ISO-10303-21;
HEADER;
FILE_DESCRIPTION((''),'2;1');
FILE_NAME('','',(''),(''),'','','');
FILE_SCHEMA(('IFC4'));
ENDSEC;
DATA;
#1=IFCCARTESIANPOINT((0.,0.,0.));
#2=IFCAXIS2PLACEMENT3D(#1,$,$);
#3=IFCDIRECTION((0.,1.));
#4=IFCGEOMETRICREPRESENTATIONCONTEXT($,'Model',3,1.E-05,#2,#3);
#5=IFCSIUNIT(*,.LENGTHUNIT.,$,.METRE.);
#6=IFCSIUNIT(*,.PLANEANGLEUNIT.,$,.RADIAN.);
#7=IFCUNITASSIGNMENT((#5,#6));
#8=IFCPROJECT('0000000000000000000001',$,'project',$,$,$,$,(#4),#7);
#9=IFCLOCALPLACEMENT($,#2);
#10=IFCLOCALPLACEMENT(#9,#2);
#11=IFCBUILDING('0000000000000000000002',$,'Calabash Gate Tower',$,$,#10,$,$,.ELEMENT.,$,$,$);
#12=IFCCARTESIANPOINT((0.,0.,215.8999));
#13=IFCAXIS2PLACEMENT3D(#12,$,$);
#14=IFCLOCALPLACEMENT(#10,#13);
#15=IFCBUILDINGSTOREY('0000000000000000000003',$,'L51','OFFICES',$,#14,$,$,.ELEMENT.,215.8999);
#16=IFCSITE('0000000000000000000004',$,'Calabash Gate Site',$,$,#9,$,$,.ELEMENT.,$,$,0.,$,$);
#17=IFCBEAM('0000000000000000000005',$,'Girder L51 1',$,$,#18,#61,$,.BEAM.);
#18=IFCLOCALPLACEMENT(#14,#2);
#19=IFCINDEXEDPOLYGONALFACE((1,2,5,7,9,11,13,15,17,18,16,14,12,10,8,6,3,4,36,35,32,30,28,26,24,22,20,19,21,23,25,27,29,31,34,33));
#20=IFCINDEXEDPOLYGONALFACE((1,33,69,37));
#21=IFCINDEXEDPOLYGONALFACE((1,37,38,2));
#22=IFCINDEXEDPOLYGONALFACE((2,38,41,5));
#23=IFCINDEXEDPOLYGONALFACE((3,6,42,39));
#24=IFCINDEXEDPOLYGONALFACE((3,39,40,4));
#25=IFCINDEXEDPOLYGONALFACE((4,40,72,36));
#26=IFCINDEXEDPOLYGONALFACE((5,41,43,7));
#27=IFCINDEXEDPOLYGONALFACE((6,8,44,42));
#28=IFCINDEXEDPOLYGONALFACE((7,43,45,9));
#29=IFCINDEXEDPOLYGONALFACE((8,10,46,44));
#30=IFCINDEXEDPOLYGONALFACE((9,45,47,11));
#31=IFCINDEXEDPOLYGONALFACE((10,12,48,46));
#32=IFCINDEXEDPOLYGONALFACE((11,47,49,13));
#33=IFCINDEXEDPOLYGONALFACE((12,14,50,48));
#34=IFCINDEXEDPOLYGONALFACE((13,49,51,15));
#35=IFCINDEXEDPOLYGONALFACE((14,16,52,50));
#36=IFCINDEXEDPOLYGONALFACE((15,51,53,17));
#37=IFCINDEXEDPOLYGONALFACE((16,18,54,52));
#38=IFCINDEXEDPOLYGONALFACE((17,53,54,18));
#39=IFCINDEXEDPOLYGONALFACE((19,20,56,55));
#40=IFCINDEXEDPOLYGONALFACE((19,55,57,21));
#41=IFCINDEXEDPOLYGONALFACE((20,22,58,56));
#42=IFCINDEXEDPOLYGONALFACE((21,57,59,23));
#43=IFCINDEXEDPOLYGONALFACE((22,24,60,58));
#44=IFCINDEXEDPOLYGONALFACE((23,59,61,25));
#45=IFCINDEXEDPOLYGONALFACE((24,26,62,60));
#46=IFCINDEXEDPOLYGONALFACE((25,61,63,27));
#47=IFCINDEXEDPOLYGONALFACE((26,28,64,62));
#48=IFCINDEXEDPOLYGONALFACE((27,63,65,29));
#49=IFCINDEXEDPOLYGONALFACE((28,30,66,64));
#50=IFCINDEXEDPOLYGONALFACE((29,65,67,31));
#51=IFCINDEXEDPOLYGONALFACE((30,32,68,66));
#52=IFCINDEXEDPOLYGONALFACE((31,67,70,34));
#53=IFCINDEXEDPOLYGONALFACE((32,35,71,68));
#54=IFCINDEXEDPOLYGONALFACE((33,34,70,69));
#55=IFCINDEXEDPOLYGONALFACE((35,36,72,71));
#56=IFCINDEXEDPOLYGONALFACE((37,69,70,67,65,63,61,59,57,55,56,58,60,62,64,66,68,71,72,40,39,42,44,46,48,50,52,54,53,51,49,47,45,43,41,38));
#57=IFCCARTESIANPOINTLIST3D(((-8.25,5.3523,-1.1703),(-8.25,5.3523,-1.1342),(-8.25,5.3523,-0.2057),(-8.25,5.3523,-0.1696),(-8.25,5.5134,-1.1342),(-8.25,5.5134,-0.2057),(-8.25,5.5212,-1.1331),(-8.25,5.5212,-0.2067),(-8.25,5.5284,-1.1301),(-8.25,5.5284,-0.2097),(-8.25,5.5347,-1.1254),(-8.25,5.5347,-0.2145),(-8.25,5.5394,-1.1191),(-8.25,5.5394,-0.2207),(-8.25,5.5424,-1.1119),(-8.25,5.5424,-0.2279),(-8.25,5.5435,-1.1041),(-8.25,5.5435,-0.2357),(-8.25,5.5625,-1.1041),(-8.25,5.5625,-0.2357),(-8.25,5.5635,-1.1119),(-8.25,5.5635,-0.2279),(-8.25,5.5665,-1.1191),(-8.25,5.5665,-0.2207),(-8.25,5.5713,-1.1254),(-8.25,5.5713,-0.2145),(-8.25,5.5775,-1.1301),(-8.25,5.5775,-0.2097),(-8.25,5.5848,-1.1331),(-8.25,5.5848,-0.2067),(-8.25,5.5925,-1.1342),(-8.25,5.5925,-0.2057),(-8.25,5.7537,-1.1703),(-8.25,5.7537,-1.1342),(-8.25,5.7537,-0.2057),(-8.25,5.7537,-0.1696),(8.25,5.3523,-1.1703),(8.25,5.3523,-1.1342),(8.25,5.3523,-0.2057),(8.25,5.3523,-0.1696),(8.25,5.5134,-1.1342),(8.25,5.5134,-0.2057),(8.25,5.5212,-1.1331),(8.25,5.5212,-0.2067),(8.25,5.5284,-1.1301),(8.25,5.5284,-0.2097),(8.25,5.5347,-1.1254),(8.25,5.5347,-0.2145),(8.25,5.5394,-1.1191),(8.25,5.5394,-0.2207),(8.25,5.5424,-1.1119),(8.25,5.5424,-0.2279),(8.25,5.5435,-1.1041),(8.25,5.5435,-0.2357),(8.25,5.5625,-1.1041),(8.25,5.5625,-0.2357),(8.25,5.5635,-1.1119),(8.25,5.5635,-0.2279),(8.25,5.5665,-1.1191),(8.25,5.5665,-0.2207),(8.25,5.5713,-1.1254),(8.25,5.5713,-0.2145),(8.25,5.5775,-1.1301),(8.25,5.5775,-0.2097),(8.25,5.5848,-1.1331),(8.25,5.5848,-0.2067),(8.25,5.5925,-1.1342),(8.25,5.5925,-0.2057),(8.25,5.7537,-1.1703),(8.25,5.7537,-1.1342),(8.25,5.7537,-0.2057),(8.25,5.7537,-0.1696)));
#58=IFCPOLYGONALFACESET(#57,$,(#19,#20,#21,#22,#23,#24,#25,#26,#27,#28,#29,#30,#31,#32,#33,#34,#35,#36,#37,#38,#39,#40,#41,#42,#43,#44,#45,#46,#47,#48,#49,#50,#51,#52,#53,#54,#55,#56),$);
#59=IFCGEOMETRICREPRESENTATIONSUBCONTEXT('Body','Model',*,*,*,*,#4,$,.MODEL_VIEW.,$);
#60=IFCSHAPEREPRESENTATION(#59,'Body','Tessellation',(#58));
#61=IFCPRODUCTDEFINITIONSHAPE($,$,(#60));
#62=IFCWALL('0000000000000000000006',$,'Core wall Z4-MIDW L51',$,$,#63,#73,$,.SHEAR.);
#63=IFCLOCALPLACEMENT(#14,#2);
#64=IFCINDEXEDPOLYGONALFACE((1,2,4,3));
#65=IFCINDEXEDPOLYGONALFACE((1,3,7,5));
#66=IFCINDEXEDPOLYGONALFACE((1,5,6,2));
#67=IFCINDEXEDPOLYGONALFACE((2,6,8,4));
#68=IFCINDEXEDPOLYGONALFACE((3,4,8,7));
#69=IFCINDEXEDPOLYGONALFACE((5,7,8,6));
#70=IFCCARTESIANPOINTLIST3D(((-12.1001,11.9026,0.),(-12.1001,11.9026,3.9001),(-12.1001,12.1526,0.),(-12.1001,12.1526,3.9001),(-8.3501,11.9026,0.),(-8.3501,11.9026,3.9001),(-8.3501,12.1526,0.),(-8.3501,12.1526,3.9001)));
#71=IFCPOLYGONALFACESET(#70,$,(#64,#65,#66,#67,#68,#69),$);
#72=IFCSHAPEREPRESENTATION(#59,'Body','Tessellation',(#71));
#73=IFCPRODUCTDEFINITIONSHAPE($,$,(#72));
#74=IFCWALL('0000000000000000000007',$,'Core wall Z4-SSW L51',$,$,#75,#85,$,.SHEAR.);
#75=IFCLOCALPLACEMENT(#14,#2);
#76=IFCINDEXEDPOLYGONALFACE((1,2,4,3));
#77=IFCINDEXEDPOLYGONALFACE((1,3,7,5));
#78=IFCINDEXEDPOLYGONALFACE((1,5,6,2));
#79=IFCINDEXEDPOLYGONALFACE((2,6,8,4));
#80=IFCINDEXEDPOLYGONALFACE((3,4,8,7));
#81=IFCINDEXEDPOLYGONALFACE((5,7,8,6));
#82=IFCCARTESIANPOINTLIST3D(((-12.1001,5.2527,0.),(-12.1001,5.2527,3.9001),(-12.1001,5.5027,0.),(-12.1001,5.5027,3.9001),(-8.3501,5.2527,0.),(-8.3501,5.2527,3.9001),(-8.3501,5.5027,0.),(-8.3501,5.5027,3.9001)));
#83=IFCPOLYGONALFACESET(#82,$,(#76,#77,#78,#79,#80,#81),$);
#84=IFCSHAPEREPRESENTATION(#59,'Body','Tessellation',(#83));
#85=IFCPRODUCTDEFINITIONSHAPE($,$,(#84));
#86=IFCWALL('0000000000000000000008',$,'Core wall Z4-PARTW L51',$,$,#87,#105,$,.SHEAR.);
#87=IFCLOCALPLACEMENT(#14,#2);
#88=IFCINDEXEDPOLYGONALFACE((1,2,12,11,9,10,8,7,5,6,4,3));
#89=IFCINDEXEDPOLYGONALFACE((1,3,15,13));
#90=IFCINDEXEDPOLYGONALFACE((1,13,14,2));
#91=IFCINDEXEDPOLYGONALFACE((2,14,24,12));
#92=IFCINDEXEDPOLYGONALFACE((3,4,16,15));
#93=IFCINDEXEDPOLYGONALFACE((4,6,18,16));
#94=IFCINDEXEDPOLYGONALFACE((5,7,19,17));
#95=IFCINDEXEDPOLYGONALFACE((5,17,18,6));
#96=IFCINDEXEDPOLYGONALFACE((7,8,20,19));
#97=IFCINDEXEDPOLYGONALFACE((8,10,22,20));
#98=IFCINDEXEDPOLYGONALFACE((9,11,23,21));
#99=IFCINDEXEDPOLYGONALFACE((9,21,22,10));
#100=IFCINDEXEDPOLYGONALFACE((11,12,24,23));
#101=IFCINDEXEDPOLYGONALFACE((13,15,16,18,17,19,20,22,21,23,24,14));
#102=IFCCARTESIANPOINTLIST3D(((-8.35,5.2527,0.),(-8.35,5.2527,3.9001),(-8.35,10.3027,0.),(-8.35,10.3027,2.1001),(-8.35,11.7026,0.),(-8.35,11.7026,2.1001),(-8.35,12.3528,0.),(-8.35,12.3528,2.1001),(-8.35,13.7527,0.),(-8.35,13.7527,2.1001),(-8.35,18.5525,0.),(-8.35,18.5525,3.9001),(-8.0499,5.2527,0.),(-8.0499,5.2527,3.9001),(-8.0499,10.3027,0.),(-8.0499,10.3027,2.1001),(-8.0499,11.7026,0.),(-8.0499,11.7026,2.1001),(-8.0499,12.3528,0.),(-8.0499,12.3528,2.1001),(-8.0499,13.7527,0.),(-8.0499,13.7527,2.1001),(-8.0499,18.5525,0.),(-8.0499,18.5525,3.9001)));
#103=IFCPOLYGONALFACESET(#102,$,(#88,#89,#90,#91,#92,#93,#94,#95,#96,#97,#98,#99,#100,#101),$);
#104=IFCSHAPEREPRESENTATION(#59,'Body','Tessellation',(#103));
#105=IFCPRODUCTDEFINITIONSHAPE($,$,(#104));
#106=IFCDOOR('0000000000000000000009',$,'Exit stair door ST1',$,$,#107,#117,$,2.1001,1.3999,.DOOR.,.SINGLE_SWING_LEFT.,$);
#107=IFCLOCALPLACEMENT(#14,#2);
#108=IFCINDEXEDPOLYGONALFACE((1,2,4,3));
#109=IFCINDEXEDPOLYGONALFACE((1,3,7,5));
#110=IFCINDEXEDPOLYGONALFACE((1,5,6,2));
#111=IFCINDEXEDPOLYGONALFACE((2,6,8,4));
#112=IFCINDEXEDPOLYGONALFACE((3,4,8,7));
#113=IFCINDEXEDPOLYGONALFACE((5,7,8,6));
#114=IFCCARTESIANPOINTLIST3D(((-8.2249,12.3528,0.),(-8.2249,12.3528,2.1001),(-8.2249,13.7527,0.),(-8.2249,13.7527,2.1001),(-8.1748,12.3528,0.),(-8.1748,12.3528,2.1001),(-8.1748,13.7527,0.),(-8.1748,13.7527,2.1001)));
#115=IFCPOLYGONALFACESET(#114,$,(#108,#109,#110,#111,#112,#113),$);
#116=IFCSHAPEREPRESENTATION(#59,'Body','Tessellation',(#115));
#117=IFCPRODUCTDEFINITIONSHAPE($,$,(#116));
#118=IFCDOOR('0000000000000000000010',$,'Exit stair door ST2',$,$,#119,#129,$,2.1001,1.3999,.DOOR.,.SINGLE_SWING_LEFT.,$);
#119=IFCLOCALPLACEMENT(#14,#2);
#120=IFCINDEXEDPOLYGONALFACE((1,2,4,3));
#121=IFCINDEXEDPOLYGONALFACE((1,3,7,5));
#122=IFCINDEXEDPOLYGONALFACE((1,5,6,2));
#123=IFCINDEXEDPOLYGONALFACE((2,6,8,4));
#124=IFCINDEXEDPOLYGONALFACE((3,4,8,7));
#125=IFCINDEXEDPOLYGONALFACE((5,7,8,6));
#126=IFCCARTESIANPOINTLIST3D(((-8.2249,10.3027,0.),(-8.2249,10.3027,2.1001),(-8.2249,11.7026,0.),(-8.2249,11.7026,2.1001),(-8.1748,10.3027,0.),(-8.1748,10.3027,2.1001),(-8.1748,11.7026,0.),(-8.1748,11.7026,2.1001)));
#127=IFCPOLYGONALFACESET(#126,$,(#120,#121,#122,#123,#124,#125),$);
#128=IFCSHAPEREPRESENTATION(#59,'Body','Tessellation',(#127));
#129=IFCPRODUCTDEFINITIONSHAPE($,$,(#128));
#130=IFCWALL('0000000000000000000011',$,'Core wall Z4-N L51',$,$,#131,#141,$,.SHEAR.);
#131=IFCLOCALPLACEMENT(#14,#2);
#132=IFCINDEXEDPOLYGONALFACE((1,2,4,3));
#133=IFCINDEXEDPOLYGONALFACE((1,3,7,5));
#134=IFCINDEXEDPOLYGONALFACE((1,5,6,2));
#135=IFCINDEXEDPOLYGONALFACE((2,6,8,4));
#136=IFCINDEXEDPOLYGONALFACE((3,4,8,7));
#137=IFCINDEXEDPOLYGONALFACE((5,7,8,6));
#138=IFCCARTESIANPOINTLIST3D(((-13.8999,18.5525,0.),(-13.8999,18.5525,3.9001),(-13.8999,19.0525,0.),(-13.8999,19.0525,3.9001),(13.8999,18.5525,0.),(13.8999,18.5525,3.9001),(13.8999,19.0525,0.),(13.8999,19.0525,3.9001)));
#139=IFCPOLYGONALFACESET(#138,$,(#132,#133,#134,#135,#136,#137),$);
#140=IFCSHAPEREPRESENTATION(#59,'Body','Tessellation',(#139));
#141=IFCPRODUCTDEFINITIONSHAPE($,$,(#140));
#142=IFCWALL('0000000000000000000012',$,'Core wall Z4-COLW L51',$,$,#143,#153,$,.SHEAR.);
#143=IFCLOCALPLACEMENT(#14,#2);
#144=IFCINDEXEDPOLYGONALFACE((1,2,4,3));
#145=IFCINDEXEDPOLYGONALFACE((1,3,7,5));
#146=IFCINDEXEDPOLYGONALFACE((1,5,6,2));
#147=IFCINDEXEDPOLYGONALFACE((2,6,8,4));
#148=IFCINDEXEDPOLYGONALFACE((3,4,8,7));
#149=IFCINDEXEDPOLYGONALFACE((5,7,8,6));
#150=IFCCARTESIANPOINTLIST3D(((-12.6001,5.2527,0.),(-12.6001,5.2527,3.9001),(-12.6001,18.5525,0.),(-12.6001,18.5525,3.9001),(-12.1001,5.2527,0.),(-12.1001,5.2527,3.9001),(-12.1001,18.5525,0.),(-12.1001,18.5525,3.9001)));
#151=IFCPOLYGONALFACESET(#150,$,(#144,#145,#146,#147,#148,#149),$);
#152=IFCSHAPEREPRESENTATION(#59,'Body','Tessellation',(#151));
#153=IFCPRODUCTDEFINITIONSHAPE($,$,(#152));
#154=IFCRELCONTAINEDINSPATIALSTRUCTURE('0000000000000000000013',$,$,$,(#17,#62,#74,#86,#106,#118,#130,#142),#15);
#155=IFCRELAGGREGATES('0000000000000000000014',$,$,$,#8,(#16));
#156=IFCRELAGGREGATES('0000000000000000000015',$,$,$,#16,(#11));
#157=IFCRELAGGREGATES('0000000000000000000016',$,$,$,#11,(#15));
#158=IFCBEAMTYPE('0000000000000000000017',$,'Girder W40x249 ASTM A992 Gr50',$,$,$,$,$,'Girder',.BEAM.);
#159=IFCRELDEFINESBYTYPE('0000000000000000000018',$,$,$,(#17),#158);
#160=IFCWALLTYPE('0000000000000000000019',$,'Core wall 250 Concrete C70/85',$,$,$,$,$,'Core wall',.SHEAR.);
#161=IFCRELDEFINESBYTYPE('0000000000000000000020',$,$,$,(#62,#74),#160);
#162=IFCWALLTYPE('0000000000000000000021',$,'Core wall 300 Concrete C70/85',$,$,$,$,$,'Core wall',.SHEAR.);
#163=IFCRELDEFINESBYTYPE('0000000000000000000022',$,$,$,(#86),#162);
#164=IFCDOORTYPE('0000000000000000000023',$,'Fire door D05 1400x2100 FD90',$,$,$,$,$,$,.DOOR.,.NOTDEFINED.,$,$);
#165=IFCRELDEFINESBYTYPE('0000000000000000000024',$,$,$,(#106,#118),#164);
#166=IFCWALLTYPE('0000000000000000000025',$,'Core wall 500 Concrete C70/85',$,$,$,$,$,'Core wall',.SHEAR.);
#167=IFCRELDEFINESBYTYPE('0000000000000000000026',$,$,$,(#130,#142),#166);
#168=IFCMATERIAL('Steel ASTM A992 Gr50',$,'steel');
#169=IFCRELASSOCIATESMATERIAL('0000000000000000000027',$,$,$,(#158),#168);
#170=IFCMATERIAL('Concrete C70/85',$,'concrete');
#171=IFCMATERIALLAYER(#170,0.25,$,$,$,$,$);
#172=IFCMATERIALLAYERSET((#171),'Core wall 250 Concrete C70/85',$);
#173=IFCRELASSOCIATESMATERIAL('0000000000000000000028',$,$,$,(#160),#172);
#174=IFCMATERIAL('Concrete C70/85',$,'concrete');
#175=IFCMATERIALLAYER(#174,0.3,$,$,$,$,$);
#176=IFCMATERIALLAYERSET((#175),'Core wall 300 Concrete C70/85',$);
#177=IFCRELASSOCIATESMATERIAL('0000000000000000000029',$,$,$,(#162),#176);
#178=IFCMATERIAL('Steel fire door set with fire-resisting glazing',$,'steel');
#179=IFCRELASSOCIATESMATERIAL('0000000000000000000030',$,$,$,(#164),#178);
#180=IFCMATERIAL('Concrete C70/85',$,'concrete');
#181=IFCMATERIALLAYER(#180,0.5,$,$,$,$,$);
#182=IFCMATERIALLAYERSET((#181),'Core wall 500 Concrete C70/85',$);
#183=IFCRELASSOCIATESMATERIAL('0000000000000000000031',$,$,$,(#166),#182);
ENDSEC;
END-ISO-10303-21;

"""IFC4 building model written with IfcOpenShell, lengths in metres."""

from ifc_helpers import new_model, si_unit, direction, frame, frame_2d, origin, origin_2d, place, context, subcontext, project, spatial, rectangle, i_section, extrude, material, layer, layer_set, material_profile, profile_set, type_object, element, fill, save


model = new_model("IFC4")

# Units and contexts
model_context = context("Model", 3, precision=1e-05, world=origin(), true_north=direction((0.0, 1.0)))
body_context = subcontext(model_context, "Body", "Model", "MODEL_VIEW")
ifc_project = project(units=[si_unit("LENGTHUNIT", "METRE"), si_unit("PLANEANGLEUNIT", "RADIAN")], contexts=[model_context])

# Site, building, storey
site_placement = place(None, origin())
site = spatial("IfcSite", under=ifc_project, at=site_placement, Name="Calabash Gate Site", CompositionType="ELEMENT", RefElevation=0.0)
building_placement = place(site_placement, origin())
building = spatial("IfcBuilding", under=site, at=building_placement, Name="Calabash Gate Tower", CompositionType="ELEMENT")
storey_placement = place(building_placement, frame((0.0, 0.0, 215.8999)))
storey = spatial("IfcBuildingStorey", under=building, at=storey_placement, Name="L51", Description="OFFICES", CompositionType="ELEMENT", Elevation=215.8999)

# Beam
ifc_material_1 = material(Name="Steel ASTM A992 Gr50", Category="steel")
ifc_material_profile = material_profile(ifc_material_1, i_section(OverallWidth=0.4014, OverallDepth=1.0007, WebThickness=0.019, FlangeThickness=0.0361, FilletRadius=0.03, at=origin_2d()))
ifc_profile_set = profile_set([ifc_material_profile], Name="Steel ASTM A992 Gr50")
beam_type = type_object("IfcBeamType", Name="Girder W40x249 ASTM A992 Gr50", ElementType="Girder", PredefinedType="BEAM", material=ifc_profile_set)
beam_placement = place(storey_placement, frame((-8.25, 5.553, -0.6699), z_axis=(1.0, 0.0, 0.0), x_axis=(0.0, 1.0, 0.0)))
element("IfcBeam", 1, at=beam_placement, inside=storey, type_object=beam_type, Name="Girder L51 1", PredefinedType="BEAM", context=body_context, shape_type="SweptSolid", body=[
    extrude(i_section(OverallWidth=0.4014, OverallDepth=1.0007, WebThickness=0.019, FlangeThickness=0.0361, FilletRadius=0.03, at=origin_2d()), origin(), (0.0, 0.0, 1.0), 16.5),
])

# Walls
ifc_material_2 = material(Name="Concrete C70/85", Category="concrete")
ifc_layer_1 = layer(ifc_material_2, 0.25)
ifc_layer_set_1 = layer_set([ifc_layer_1], Name="Core wall 250 Concrete C70/85")
wall_type_1 = type_object("IfcWallType", Name="Core wall 250 Concrete C70/85", ElementType="Core wall", PredefinedType="SHEAR", material=ifc_layer_set_1)
for number, where, z_axis, x_axis, name in (
    (2, (-12.1001, 12.0276, 0.0), (0.0, 0.0, 1.0), (1.0, 0.0, 0.0), "Core wall Z4-MIDW L51"),
    (3, (-12.1001, 5.3777, 0.0), (0.0, 0.0, 1.0), (1.0, 0.0, 0.0), "Core wall Z4-SSW L51"),
):
    element("IfcWall", number, at=place(storey_placement, frame(where, z_axis=z_axis, x_axis=x_axis)), inside=storey, type_object=wall_type_1, Name=name, PredefinedType="SHEAR", context=body_context, shape_type="SweptSolid", body=[
        extrude(rectangle(XDim=3.75, YDim=0.25, at=frame_2d((1.875, 0.0))), origin(), (0.0, 0.0, 1.0), 3.9001),
    ])

# Wall, openings, doors
ifc_material_3 = material(Name="Concrete C70/85", Category="concrete")
ifc_layer_2 = layer(ifc_material_3, 0.3)
ifc_layer_set_2 = layer_set([ifc_layer_2], Name="Core wall 300 Concrete C70/85")
wall_type_2 = type_object("IfcWallType", Name="Core wall 300 Concrete C70/85", ElementType="Core wall", PredefinedType="SHEAR", material=ifc_layer_set_2)
wall_1_placement = place(storey_placement, frame((-8.2, 5.2527, 0.0), z_axis=(0.0, 0.0, 1.0), x_axis=(0.0, 1.0, 0.0)))
wall_1 = element("IfcWall", 4, at=wall_1_placement, inside=storey, type_object=wall_type_2, Name="Core wall Z4-PARTW L51", PredefinedType="SHEAR", context=body_context, shape_type="SweptSolid", body=[
    extrude(rectangle(XDim=13.2998, YDim=0.3, at=frame_2d((6.6499, 0.0))), origin(), (0.0, 0.0, 1.0), 3.9001),
])
opening_1_placement = place(wall_1_placement, frame((7.1001, 0.0, 0.0)))
opening_1 = element("IfcOpeningElement", 5, at=opening_1_placement, cuts=wall_1, PredefinedType="OPENING", context=body_context, shape_type="SweptSolid", body=[
    extrude(rectangle(XDim=1.3999, YDim=2.1001, at=frame_2d((0.7, 1.05))), frame((0.0, 0.1599, 0.0), z_axis=(0.0, -1.0, 0.0), x_axis=(1.0, 0.0, 0.0)), (0.0, 0.0, 1.0), 0.3201),
])
opening_2_placement = place(wall_1_placement, frame((5.05, 0.0, 0.0)))
opening_2 = element("IfcOpeningElement", 6, at=opening_2_placement, cuts=wall_1, PredefinedType="OPENING", context=body_context, shape_type="SweptSolid", body=[
    extrude(rectangle(XDim=1.3999, YDim=2.1001, at=frame_2d((0.7, 1.05))), frame((0.0, 0.1599, 0.0), z_axis=(0.0, -1.0, 0.0), x_axis=(1.0, 0.0, 0.0)), (0.0, 0.0, 1.0), 0.3201),
])
ifc_material_4 = material(Name="Steel fire door set with fire-resisting glazing", Category="steel")
door_type_1 = type_object("IfcDoorType", Name="Fire door D05 1400x2100 FD90", OperationType="NOTDEFINED", PredefinedType="DOOR", material=ifc_material_4)
door_1_placement = place(opening_1_placement, origin())
door_1 = element("IfcDoor", 7, at=door_1_placement, inside=storey, type_object=door_type_1, Name="Exit stair door ST1", OperationType="SINGLE_SWING_LEFT", OverallHeight=2.1001, OverallWidth=1.3999, PredefinedType="DOOR", context=body_context, shape_type="SweptSolid", body=[
    extrude(rectangle(XDim=1.3999, YDim=2.1001, at=frame_2d((0.7, 1.05))), frame((0.0, 0.0249, 0.0), z_axis=(0.0, -1.0, 0.0), x_axis=(1.0, 0.0, 0.0)), (0.0, 0.0, 1.0), 0.05),
])
fill(opening_1, door_1)
door_2_placement = place(opening_2_placement, origin())
door_2 = element("IfcDoor", 8, at=door_2_placement, inside=storey, type_object=door_type_1, Name="Exit stair door ST2", OperationType="SINGLE_SWING_LEFT", OverallHeight=2.1001, OverallWidth=1.3999, PredefinedType="DOOR", context=body_context, shape_type="SweptSolid", body=[
    extrude(rectangle(XDim=1.3999, YDim=2.1001, at=frame_2d((0.7, 1.05))), frame((0.0, 0.0249, 0.0), z_axis=(0.0, -1.0, 0.0), x_axis=(1.0, 0.0, 0.0)), (0.0, 0.0, 1.0), 0.05),
])
fill(opening_2, door_2)

# Walls
ifc_material_5 = material(Name="Concrete C70/85", Category="concrete")
ifc_layer_3 = layer(ifc_material_5, 0.5)
ifc_layer_set_3 = layer_set([ifc_layer_3], Name="Core wall 500 Concrete C70/85")
wall_type_3 = type_object("IfcWallType", Name="Core wall 500 Concrete C70/85", ElementType="Core wall", PredefinedType="SHEAR", material=ifc_layer_set_3)
wall_2_placement = place(storey_placement, frame((-13.8999, 18.8025, 0.0), z_axis=(0.0, 0.0, 1.0), x_axis=(1.0, 0.0, 0.0)))
element("IfcWall", 9, at=wall_2_placement, inside=storey, type_object=wall_type_3, Name="Core wall Z4-N L51", PredefinedType="SHEAR", context=body_context, shape_type="SweptSolid", body=[
    extrude(rectangle(XDim=27.7998, YDim=0.5, at=frame_2d((13.8999, 0.0))), origin(), (0.0, 0.0, 1.0), 3.9001),
])
wall_3_placement = place(storey_placement, frame((-12.3501, 5.2527, 0.0), z_axis=(0.0, 0.0, 1.0), x_axis=(0.0, 1.0, 0.0)))
element("IfcWall", 10, at=wall_3_placement, inside=storey, type_object=wall_type_3, Name="Core wall Z4-COLW L51", PredefinedType="SHEAR", context=body_context, shape_type="SweptSolid", body=[
    extrude(rectangle(XDim=13.2998, YDim=0.5, at=frame_2d((6.6499, 0.0))), origin(), (0.0, 0.0, 1.0), 3.9001),
])

save(model, "model.ifc")
